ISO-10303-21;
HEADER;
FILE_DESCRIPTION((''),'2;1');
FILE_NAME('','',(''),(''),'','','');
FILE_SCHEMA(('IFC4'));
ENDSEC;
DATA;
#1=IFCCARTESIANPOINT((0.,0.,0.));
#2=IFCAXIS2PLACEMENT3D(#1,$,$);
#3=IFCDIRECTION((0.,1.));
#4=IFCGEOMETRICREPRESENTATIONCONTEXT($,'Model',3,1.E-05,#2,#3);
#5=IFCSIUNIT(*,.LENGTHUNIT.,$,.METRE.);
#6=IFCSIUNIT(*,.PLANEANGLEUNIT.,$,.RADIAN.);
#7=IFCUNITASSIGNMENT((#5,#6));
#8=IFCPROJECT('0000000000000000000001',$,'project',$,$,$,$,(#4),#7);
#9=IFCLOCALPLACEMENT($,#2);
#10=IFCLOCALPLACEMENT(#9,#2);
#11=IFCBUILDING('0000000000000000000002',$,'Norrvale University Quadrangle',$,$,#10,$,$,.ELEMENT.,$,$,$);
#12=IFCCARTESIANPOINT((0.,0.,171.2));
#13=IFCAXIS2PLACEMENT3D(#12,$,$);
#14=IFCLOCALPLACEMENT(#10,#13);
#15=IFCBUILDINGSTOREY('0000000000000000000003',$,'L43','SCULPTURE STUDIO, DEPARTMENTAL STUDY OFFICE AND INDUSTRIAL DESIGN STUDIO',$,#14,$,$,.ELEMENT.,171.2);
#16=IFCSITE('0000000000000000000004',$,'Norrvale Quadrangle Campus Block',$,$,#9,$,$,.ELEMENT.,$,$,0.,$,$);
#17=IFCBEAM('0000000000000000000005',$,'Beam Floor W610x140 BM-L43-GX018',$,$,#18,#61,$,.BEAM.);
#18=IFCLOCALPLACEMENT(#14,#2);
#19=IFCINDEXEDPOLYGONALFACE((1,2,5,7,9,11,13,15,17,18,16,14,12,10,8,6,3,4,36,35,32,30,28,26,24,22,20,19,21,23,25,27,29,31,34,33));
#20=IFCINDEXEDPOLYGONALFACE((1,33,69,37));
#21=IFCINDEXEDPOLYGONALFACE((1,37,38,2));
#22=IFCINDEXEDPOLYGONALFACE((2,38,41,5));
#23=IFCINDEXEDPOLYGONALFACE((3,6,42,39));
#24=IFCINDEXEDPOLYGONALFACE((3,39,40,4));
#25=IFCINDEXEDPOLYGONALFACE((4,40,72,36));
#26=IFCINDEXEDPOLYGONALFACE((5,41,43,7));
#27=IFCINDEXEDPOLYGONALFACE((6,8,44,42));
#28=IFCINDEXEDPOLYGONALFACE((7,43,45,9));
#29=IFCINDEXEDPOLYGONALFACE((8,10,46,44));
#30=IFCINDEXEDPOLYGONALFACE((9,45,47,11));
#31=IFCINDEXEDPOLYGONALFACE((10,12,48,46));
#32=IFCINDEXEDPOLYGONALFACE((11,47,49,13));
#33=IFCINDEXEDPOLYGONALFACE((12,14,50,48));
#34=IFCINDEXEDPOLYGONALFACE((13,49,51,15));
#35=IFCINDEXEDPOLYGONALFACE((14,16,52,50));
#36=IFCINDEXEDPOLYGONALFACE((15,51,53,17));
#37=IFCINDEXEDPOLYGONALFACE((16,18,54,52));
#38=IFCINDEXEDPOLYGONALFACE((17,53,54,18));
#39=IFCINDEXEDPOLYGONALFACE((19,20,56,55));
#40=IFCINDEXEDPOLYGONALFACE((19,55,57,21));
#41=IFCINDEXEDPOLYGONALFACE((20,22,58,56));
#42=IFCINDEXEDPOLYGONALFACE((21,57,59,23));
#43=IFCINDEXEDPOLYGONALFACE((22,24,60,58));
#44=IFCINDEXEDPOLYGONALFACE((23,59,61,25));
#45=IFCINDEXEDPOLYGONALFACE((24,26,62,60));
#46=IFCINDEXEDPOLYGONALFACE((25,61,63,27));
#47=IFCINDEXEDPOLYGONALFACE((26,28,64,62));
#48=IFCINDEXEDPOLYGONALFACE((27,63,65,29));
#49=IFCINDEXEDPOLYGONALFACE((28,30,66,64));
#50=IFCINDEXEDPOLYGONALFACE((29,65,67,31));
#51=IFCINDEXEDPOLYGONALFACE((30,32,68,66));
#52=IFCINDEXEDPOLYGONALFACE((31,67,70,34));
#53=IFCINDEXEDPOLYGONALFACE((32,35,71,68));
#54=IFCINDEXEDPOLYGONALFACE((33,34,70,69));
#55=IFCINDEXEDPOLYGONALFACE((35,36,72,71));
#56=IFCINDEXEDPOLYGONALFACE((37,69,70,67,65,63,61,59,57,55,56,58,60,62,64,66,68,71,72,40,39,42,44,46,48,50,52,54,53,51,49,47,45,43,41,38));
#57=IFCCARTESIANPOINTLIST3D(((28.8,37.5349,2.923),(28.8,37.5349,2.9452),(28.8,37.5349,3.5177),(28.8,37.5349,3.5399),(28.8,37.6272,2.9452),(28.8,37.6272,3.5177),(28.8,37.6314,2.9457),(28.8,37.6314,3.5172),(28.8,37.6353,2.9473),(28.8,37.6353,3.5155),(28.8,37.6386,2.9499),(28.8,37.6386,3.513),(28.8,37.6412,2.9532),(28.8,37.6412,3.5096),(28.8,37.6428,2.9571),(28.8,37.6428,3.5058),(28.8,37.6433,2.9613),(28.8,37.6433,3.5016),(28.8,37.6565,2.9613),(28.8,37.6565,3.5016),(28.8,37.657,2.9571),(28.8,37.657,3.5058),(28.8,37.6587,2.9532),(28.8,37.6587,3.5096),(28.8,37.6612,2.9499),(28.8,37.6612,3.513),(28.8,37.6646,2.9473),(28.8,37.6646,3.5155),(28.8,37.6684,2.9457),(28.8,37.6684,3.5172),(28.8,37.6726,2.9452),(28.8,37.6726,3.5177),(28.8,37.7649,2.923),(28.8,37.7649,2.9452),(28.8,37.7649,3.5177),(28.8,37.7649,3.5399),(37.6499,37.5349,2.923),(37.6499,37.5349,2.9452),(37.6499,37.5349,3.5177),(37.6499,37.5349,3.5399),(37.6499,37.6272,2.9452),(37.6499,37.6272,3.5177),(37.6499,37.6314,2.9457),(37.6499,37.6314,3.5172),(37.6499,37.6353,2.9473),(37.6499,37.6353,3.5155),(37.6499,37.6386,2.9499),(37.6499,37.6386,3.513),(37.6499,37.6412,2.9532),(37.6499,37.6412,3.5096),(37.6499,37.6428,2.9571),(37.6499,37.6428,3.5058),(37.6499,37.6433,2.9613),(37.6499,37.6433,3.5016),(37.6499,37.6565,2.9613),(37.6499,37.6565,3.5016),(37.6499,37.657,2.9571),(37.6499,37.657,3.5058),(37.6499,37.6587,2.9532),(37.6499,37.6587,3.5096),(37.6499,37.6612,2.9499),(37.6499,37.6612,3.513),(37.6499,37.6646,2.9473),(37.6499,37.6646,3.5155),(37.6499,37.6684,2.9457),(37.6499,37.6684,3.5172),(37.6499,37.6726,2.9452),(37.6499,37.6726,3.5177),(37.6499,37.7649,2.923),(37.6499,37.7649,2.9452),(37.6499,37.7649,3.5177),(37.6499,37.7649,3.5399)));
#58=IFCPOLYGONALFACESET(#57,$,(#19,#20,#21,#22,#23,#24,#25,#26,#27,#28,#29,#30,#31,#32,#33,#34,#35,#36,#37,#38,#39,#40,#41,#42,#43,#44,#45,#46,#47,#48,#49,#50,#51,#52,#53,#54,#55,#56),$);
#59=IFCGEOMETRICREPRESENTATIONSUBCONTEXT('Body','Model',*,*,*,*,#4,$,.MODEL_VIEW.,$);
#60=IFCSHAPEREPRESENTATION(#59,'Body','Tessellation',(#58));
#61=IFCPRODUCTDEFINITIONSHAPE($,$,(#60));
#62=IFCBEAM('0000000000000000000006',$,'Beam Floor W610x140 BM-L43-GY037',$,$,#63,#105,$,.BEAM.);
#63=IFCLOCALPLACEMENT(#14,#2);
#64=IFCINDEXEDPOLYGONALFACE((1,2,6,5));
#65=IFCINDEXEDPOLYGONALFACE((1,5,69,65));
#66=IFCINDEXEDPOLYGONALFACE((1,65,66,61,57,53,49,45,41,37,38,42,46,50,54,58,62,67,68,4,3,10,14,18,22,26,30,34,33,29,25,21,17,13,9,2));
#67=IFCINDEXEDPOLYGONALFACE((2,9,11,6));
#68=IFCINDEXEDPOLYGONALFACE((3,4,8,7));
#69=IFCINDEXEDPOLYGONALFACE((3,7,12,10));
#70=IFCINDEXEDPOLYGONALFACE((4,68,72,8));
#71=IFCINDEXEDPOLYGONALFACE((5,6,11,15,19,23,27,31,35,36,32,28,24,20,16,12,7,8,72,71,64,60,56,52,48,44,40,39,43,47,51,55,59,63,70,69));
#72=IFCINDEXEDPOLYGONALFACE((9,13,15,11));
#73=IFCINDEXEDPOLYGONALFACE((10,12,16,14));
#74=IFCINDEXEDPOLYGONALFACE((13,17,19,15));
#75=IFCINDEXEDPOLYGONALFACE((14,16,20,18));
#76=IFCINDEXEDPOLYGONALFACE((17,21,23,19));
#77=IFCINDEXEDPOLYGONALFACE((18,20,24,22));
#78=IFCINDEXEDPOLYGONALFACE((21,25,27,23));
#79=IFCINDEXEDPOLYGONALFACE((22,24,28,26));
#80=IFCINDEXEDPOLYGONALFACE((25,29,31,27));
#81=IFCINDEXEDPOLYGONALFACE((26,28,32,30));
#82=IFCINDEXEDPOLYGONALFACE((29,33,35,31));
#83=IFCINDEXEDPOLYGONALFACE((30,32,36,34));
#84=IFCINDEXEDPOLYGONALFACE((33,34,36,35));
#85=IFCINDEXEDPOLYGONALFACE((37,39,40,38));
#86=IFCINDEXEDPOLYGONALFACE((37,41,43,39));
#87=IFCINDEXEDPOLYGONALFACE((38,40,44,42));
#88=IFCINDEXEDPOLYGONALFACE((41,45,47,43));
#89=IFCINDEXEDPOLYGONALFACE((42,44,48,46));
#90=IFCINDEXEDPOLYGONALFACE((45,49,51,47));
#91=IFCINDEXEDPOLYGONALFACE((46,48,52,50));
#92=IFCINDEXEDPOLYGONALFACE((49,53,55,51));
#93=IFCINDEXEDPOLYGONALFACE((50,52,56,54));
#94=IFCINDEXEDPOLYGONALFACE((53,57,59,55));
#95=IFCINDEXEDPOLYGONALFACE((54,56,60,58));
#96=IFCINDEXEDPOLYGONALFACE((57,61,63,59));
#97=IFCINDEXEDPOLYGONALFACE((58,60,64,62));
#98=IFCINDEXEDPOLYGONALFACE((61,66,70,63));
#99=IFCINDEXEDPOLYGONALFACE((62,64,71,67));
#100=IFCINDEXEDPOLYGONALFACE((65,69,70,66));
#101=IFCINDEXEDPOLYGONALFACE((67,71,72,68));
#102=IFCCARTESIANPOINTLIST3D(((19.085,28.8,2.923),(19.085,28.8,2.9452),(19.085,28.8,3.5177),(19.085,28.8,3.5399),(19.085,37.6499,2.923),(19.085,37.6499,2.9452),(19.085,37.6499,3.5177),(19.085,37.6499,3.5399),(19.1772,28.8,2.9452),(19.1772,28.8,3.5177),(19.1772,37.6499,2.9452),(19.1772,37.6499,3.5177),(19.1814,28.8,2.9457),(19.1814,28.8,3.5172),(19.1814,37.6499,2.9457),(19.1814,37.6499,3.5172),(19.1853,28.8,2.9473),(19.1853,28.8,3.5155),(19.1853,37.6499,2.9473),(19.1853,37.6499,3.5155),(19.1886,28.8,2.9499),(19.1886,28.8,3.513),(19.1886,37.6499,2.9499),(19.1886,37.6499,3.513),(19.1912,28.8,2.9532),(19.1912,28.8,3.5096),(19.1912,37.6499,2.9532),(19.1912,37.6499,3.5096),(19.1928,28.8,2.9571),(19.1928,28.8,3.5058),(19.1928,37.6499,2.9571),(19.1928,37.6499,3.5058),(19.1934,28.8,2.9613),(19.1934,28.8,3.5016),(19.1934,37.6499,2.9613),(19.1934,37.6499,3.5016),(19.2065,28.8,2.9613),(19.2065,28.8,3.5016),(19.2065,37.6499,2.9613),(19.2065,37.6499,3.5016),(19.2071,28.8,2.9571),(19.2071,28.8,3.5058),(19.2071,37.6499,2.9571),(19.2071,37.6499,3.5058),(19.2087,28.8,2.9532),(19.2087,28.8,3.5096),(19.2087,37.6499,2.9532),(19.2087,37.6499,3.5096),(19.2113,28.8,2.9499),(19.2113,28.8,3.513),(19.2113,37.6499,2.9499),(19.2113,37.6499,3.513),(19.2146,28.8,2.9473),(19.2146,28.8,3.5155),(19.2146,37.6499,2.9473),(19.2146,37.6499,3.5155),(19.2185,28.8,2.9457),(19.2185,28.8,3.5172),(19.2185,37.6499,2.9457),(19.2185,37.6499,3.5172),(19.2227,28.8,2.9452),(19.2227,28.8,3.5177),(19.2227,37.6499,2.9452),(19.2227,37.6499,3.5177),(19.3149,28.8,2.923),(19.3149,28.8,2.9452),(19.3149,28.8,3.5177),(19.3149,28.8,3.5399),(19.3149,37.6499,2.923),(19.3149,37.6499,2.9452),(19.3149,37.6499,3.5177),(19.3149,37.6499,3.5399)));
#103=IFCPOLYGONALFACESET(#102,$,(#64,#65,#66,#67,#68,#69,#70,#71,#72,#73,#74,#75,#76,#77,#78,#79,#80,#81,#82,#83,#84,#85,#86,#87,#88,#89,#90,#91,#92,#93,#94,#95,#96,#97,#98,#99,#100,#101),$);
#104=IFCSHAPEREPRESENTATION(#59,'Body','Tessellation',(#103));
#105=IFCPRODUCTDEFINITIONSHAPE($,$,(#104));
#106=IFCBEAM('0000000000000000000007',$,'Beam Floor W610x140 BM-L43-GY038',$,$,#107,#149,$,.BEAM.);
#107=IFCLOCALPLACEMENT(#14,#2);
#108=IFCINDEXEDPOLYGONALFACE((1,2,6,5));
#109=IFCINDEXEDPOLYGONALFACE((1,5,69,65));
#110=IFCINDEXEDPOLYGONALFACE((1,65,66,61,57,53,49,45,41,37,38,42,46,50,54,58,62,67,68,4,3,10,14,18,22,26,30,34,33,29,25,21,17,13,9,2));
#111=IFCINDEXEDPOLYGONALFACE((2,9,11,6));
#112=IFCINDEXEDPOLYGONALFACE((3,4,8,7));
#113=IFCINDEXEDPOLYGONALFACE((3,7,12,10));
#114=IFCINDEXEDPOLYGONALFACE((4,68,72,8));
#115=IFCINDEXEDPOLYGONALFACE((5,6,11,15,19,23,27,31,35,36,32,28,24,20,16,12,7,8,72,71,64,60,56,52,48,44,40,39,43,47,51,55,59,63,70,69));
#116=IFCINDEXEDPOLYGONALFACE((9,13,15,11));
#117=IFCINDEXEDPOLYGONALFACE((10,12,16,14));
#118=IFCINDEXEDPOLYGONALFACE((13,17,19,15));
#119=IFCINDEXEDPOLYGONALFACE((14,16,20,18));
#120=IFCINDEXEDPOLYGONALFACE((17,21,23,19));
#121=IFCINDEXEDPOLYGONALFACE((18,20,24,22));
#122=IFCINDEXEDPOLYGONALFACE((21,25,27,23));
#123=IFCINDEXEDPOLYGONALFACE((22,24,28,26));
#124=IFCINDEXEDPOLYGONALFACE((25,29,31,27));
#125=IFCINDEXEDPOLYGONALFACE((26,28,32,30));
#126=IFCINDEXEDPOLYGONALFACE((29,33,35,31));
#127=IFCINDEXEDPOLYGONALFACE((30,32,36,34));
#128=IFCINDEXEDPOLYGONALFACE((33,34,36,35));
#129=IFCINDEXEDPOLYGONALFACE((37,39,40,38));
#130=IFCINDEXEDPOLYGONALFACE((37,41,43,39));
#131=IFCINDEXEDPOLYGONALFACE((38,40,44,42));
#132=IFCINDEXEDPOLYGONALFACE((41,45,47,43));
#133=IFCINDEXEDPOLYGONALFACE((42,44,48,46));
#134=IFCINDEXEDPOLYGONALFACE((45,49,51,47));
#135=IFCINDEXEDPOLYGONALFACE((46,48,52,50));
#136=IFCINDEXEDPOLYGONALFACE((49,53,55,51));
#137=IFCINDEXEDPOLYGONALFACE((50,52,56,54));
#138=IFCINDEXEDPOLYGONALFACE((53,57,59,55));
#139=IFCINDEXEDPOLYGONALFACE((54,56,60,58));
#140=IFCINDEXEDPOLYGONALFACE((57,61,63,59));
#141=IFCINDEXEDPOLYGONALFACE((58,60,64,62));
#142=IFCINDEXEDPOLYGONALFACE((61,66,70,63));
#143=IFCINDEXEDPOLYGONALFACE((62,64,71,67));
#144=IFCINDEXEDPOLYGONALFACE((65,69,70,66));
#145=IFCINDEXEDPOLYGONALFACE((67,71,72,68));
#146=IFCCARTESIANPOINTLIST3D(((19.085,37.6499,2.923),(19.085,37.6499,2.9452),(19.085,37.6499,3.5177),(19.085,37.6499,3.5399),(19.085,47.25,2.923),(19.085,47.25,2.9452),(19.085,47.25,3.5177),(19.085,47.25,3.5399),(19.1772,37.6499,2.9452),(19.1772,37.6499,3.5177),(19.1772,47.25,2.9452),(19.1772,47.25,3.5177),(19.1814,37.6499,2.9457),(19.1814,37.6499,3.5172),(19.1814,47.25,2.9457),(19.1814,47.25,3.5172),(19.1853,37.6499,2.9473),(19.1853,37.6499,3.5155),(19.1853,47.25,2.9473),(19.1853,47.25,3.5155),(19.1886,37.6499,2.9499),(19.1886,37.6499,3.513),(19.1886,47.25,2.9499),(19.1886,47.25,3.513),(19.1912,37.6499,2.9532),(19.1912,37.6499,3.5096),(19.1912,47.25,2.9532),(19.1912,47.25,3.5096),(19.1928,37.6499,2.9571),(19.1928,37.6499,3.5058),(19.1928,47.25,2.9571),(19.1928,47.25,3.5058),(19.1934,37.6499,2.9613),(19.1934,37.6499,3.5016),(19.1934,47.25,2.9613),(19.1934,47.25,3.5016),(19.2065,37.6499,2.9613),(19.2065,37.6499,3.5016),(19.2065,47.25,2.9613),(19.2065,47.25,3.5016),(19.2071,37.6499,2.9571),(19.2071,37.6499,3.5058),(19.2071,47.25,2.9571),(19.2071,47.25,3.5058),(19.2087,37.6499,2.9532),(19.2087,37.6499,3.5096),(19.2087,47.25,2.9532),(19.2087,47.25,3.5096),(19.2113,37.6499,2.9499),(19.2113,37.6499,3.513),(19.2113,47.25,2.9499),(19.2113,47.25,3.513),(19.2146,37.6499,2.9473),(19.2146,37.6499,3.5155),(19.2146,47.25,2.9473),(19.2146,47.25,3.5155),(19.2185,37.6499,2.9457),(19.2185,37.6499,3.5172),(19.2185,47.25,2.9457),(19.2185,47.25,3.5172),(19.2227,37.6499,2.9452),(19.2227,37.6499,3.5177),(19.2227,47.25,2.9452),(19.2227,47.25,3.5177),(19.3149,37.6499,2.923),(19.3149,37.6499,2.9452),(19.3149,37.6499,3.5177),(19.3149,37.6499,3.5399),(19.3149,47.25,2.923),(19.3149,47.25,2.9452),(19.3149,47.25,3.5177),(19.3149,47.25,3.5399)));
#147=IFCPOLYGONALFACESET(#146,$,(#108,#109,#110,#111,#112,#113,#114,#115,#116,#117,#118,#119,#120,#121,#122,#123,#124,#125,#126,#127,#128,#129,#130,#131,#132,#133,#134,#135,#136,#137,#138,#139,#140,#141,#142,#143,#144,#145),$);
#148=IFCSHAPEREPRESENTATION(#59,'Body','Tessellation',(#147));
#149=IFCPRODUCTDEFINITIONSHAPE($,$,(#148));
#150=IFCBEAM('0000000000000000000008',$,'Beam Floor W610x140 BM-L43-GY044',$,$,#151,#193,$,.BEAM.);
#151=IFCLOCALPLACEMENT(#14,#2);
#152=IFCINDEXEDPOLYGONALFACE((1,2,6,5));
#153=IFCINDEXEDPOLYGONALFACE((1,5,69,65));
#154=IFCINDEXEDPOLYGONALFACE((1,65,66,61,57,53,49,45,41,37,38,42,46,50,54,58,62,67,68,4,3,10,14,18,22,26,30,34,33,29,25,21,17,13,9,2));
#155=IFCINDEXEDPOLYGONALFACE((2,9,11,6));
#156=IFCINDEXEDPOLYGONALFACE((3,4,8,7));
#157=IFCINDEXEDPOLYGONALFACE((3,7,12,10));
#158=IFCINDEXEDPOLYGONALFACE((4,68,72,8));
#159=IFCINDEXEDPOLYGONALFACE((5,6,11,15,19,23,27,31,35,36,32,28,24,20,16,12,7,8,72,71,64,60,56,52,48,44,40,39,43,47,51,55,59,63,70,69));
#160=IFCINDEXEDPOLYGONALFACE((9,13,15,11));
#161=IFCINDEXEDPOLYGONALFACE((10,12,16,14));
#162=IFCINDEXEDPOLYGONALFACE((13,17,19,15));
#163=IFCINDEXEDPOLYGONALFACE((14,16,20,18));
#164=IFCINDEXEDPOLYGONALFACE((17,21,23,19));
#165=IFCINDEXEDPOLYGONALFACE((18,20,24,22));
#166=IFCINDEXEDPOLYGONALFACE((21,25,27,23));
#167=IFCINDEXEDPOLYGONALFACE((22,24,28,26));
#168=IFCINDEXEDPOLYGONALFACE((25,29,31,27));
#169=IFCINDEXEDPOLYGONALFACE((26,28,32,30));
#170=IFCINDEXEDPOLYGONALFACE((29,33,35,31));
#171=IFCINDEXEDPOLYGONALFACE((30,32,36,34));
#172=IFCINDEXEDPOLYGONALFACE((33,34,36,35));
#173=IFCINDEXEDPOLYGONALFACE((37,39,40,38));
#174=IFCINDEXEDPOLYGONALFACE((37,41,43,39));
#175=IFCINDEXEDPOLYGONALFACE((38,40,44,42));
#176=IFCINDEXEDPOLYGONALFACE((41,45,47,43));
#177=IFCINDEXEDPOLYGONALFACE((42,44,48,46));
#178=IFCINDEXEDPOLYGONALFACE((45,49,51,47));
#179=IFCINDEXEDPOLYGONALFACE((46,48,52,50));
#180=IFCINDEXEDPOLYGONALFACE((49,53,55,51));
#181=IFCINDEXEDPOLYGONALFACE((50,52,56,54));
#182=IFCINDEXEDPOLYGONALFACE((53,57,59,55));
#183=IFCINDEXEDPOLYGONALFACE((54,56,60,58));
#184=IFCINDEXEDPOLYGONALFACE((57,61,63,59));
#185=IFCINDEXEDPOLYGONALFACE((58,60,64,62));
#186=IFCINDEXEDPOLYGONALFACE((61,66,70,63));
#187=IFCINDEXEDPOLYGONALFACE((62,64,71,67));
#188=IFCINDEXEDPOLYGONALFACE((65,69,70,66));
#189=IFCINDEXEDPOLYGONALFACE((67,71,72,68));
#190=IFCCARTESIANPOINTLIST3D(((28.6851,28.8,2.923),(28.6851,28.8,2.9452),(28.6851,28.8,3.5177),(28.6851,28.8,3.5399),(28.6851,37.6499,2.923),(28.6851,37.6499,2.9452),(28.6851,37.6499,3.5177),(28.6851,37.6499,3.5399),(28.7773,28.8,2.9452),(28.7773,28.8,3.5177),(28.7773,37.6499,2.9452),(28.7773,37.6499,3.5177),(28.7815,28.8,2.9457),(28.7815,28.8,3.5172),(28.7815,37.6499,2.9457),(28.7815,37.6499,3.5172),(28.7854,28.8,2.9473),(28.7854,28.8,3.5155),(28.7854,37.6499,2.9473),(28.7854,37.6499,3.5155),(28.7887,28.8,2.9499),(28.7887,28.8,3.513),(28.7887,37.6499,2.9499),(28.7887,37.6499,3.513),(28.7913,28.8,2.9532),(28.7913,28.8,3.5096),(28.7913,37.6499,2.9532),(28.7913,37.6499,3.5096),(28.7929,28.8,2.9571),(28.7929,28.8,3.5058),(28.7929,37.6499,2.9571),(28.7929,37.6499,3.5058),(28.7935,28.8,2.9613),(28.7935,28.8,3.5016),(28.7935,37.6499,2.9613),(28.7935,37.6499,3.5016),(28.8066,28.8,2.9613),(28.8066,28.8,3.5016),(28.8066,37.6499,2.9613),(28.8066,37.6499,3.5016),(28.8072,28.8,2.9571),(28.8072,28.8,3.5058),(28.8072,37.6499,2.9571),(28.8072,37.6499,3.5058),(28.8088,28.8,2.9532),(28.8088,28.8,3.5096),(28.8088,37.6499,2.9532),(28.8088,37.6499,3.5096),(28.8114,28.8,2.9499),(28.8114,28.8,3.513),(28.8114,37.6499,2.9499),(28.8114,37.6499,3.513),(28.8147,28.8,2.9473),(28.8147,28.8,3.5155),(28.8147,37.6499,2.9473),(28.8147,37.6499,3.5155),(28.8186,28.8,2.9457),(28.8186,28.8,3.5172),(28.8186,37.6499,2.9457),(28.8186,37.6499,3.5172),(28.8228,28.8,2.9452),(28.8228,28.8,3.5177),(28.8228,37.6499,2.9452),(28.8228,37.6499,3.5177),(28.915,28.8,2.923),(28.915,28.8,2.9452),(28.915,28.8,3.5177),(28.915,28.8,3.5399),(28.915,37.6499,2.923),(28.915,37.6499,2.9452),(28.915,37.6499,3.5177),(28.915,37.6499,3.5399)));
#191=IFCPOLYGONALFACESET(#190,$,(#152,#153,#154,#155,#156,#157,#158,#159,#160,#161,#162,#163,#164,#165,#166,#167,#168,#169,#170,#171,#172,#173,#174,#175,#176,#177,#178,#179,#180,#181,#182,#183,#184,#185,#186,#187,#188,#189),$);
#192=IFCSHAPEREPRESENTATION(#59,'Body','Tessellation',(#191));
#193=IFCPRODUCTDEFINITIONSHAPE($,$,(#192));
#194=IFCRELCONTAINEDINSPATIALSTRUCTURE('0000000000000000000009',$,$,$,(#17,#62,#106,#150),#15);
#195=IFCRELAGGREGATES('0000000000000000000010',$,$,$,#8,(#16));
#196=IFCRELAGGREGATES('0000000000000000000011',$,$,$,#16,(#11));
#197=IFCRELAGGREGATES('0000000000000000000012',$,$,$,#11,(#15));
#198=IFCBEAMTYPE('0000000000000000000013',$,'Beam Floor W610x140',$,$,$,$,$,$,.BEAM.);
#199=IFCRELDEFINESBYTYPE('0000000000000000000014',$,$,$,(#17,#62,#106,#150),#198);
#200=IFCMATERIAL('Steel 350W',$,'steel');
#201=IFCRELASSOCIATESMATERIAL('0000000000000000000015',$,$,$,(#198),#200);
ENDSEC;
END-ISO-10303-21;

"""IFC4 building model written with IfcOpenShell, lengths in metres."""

from ifc_helpers import new_model, si_unit, direction, frame, origin, origin_2d, place, context, subcontext, project, spatial, i_section, extrude, material, material_profile, profile_set, type_object, element, save


model = new_model("IFC4")

# Units and contexts
model_context = context("Model", 3, precision=1e-05, world=origin(), true_north=direction((0.0, 1.0)))
body_context = subcontext(model_context, "Body", "Model", "MODEL_VIEW")
ifc_project = project(units=[si_unit("LENGTHUNIT", "METRE"), si_unit("PLANEANGLEUNIT", "RADIAN")], contexts=[model_context])

# Site, building, storey
site_placement = place(None, origin())
site = spatial("IfcSite", under=ifc_project, at=site_placement, Name="Norrvale Quadrangle Campus Block", CompositionType="ELEMENT", RefElevation=0.0)
building_placement = place(site_placement, origin())
building = spatial("IfcBuilding", under=site, at=building_placement, Name="Norrvale University Quadrangle", CompositionType="ELEMENT")
storey_placement = place(building_placement, frame((0.0, 0.0, 171.2)))
storey = spatial("IfcBuildingStorey", under=building, at=storey_placement, Name="L43", Description="SCULPTURE STUDIO, DEPARTMENTAL STUDY OFFICE AND INDUSTRIAL DESIGN STUDIO", CompositionType="ELEMENT", Elevation=171.2)

# Beams
ifc_material_1 = material(Name="Steel 350W", Category="steel")
ifc_material_profile_1 = material_profile(ifc_material_1, i_section(OverallWidth=0.23, OverallDepth=0.6169, WebThickness=0.0132, FlangeThickness=0.0222, FilletRadius=0.0161, at=origin_2d()), Name="Steel 350W")
ifc_profile_set_1 = profile_set([ifc_material_profile_1], Name="Steel 350W")
beam_type_1 = type_object("IfcBeamType", Name="Beam Floor W610x140", PredefinedType="BEAM", material=ifc_profile_set_1)
for number, where, z_axis, x_axis, name in (
    (1, (28.8, 37.6499, 3.2314), (1.0, 0.0, 0.0), (0.0, 1.0, 0.0), "Beam Floor W610x140 BM-L43-GX018"),
    (2, (19.2, 28.8, 3.2314), (0.0, 1.0, 0.0), (-1.0, 0.0, 0.0), "Beam Floor W610x140 BM-L43-GY037"),
):
    element("IfcBeam", number, at=place(storey_placement, frame(where, z_axis=z_axis, x_axis=x_axis)), inside=storey, type_object=beam_type_1, Name=name, PredefinedType="BEAM", context=body_context, shape_type="SweptSolid", body=[
        extrude(i_section(OverallWidth=0.23, OverallDepth=0.6169, WebThickness=0.0132, FlangeThickness=0.0222, FilletRadius=0.0161, at=origin_2d()), origin(), (0.0, 0.0, 1.0), 8.8499),
    ])
beam_1_placement = place(storey_placement, frame((19.2, 37.6499, 3.2314), z_axis=(0.0, 1.0, 0.0), x_axis=(-1.0, 0.0, 0.0)))
element("IfcBeam", 3, at=beam_1_placement, inside=storey, type_object=beam_type_1, Name="Beam Floor W610x140 BM-L43-GY038", PredefinedType="BEAM", context=body_context, shape_type="SweptSolid", body=[
    extrude(i_section(OverallWidth=0.23, OverallDepth=0.6169, WebThickness=0.0132, FlangeThickness=0.0222, FilletRadius=0.0161, at=origin_2d()), origin(), (0.0, 0.0, 1.0), 9.6001),
])
beam_2_placement = place(storey_placement, frame((28.8, 28.8, 3.2314), z_axis=(0.0, 1.0, 0.0), x_axis=(-1.0, 0.0, 0.0)))
element("IfcBeam", 4, at=beam_2_placement, inside=storey, type_object=beam_type_1, Name="Beam Floor W610x140 BM-L43-GY044", PredefinedType="BEAM", context=body_context, shape_type="SweptSolid", body=[
    extrude(i_section(OverallWidth=0.23, OverallDepth=0.6169, WebThickness=0.0132, FlangeThickness=0.0222, FilletRadius=0.0161, at=origin_2d()), origin(), (0.0, 0.0, 1.0), 8.8499),
])

save(model, "model.ifc")
